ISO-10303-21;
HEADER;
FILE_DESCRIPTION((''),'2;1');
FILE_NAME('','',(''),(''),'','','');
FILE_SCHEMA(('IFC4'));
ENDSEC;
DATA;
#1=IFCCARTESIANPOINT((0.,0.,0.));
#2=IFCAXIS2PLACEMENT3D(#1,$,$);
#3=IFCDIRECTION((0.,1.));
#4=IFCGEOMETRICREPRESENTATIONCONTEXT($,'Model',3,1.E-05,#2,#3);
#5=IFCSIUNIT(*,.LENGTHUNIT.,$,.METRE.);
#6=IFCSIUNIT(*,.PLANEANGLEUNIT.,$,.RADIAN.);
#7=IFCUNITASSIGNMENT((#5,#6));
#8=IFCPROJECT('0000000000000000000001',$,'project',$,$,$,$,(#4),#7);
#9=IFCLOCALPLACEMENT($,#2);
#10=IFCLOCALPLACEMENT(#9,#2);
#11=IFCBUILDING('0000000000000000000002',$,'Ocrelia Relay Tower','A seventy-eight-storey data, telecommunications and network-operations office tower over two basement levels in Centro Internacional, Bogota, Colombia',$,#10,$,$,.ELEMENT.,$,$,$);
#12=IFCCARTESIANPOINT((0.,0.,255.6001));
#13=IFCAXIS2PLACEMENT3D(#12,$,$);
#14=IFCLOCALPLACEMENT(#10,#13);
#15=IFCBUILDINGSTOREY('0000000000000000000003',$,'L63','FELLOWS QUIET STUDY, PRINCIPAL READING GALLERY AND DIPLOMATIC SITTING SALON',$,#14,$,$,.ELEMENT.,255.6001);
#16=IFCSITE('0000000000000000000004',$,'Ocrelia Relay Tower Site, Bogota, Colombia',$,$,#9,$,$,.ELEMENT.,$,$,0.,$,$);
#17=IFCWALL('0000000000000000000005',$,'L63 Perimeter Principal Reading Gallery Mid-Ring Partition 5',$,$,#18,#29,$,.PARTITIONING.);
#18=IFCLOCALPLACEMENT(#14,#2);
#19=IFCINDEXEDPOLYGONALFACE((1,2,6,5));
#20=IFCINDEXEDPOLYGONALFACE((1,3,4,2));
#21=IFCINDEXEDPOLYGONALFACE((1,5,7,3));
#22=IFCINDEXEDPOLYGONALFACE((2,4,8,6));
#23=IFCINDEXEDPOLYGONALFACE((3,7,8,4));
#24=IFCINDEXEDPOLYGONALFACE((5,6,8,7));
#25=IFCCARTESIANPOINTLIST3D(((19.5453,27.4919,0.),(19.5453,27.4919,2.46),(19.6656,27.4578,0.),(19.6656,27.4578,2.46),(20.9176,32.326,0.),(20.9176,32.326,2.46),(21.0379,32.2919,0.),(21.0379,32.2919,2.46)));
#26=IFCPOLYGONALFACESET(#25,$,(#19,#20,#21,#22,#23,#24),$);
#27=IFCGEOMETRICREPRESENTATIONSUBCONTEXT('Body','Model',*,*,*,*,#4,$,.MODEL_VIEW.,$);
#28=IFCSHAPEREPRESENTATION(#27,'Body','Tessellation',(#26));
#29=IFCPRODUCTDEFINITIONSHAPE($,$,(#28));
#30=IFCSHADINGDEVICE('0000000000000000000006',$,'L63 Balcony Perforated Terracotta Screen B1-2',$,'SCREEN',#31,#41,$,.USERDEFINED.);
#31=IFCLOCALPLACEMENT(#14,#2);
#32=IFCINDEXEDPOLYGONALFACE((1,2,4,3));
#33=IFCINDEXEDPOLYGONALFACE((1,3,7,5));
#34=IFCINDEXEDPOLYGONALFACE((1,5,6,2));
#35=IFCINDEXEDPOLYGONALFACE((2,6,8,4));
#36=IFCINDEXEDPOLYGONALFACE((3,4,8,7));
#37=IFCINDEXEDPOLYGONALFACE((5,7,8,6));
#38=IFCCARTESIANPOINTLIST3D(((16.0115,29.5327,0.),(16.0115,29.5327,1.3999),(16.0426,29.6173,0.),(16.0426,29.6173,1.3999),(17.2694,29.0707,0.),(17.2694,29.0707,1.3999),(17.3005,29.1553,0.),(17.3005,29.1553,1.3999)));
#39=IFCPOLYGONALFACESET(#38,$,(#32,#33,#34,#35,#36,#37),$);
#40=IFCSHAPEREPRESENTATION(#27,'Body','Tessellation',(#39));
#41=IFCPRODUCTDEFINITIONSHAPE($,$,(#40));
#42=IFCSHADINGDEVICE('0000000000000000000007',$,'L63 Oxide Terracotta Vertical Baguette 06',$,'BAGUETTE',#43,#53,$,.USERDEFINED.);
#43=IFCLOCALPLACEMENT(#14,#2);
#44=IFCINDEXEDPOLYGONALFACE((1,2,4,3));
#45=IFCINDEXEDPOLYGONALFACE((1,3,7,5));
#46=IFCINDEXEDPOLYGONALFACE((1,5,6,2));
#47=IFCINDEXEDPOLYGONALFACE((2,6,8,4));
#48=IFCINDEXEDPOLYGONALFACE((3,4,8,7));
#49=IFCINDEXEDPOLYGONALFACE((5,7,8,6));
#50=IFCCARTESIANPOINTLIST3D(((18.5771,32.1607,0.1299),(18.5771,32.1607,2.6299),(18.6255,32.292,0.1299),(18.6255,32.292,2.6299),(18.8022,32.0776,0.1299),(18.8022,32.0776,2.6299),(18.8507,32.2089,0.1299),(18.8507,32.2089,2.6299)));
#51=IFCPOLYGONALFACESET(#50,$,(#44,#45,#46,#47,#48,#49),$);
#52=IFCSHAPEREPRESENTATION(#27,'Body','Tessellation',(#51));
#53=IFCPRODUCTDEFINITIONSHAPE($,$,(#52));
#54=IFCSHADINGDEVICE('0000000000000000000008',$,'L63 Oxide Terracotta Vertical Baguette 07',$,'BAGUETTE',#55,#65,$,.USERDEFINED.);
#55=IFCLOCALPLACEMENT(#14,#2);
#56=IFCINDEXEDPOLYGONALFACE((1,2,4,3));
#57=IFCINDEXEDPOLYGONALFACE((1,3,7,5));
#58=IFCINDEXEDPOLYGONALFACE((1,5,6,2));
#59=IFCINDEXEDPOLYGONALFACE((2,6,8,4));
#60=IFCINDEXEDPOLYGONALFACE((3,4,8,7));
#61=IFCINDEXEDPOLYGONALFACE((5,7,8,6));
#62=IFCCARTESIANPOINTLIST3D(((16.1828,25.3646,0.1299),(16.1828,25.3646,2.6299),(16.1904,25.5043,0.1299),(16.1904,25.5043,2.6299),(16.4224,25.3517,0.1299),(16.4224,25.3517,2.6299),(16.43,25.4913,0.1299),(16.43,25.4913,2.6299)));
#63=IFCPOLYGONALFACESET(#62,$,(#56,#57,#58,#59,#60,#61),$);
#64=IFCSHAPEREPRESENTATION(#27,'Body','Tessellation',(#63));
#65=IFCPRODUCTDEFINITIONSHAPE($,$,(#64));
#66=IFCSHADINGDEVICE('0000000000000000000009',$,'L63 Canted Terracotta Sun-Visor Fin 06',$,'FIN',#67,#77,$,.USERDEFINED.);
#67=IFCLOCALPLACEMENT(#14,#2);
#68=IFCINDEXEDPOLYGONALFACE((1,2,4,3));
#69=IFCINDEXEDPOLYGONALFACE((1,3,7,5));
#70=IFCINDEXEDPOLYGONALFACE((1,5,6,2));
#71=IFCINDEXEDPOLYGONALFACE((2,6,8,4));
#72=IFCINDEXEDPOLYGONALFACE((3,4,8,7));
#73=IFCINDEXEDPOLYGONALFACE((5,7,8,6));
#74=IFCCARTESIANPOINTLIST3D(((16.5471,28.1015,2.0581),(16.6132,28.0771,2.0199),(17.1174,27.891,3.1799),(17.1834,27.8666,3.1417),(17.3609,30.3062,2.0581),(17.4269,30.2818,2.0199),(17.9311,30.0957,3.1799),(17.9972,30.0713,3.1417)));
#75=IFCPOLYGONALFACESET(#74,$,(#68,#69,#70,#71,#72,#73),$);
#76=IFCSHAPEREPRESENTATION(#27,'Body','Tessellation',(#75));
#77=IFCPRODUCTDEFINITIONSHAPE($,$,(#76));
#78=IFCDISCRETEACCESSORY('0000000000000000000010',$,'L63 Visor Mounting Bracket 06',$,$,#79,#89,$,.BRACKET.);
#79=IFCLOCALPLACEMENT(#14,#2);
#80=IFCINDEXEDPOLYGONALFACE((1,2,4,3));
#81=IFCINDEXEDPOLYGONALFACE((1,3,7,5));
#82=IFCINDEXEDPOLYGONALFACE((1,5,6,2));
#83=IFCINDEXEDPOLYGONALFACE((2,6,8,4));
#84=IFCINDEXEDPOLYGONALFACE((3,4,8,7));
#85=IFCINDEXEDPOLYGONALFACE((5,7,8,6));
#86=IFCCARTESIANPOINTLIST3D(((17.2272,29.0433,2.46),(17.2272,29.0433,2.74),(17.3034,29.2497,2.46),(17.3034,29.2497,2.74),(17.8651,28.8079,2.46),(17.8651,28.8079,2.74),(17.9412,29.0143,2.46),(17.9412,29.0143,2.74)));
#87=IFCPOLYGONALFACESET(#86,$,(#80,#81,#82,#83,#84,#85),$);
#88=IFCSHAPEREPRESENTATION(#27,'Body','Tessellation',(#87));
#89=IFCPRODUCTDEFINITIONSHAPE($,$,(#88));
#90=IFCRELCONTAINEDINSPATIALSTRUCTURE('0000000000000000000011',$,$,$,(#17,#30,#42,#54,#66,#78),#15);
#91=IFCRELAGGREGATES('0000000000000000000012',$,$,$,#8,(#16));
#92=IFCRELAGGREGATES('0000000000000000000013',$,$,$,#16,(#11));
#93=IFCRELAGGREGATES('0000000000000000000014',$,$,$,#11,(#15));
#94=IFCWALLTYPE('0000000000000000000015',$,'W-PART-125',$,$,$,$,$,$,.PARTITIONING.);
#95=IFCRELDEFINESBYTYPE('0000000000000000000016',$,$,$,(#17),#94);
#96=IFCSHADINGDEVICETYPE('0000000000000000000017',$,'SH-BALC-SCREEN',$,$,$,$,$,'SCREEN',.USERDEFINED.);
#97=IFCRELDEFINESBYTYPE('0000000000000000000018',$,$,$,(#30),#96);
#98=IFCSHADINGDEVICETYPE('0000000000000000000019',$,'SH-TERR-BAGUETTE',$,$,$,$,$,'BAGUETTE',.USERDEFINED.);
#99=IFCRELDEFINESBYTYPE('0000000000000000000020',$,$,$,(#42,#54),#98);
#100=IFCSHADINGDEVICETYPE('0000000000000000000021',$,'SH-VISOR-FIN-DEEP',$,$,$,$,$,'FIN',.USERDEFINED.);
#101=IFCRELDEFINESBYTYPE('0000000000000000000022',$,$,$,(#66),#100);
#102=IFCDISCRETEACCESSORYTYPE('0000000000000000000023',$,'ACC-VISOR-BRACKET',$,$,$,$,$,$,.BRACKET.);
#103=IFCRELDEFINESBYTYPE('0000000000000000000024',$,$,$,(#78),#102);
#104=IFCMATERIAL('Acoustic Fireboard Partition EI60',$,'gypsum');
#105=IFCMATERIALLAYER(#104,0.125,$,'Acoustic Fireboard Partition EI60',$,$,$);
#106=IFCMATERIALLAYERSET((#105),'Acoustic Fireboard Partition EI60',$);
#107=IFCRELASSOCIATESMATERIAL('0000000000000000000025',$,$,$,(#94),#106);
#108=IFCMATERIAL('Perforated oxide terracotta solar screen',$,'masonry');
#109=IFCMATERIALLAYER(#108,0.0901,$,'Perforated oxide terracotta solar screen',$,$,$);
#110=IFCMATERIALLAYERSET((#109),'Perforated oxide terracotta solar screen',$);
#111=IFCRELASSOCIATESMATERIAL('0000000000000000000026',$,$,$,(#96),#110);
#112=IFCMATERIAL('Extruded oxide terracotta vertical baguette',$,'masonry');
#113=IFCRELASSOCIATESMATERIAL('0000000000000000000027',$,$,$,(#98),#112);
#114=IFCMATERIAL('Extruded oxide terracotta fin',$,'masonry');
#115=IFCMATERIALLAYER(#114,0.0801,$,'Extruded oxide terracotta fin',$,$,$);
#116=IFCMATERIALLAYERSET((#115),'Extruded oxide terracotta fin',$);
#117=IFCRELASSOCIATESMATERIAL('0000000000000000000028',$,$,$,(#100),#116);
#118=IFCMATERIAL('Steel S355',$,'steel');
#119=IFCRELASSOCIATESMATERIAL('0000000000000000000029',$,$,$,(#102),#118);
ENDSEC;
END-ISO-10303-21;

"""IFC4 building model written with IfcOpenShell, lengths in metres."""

from ifc_helpers import new_model, si_unit, direction, frame, frame_2d, origin, origin_2d, place, context, subcontext, project, spatial, rectangle, extrude, material, layer, layer_set, type_object, element, save


model = new_model("IFC4")

# Units and contexts
model_context = context("Model", 3, precision=1e-05, world=origin(), true_north=direction((0.0, 1.0)))
body_context = subcontext(model_context, "Body", "Model", "MODEL_VIEW")
ifc_project = project(units=[si_unit("LENGTHUNIT", "METRE"), si_unit("PLANEANGLEUNIT", "RADIAN")], contexts=[model_context])

# Site, building, storey
site_placement = place(None, origin())
site = spatial("IfcSite", under=ifc_project, at=site_placement, Name="Ocrelia Relay Tower Site, Bogota, Colombia", CompositionType="ELEMENT", RefElevation=0.0)
building_placement = place(site_placement, origin())
building = spatial("IfcBuilding", under=site, at=building_placement, Name="Ocrelia Relay Tower", Description="A seventy-eight-storey data, telecommunications and network-operations office tower over two basement levels in Centro Internacional, Bogota, Colombia", CompositionType="ELEMENT")
storey_placement = place(building_placement, frame((0.0, 0.0, 255.6001)))
storey = spatial("IfcBuildingStorey", under=building, at=storey_placement, Name="L63", Description="FELLOWS QUIET STUDY, PRINCIPAL READING GALLERY AND DIPLOMATIC SITTING SALON", CompositionType="ELEMENT", Elevation=255.6001)

# Shared definitions
ifc_material_1 = material(Name="Steel S355", Category="steel")

# Wall
ifc_material_2 = material(Name="Acoustic Fireboard Partition EI60", Category="gypsum")
ifc_layer_1 = layer(ifc_material_2, 0.125, Name="Acoustic Fireboard Partition EI60")
ifc_layer_set_1 = layer_set([ifc_layer_1], Name="Acoustic Fireboard Partition EI60")
wall_type_1 = type_object("IfcWallType", Name="W-PART-125", PredefinedType="PARTITIONING", material=ifc_layer_set_1)
wall_1_placement = place(storey_placement, frame((20.9778, 32.3091, 0.0), z_axis=(0.0, 0.0, 1.0), x_axis=(-0.273084, -0.96199, 0.0)))
element("IfcWall", 1, at=wall_1_placement, inside=storey, type_object=wall_type_1, Name="L63 Perimeter Principal Reading Gallery Mid-Ring Partition 5", PredefinedType="PARTITIONING", context=body_context, shape_type="SweptSolid", body=[
    extrude(rectangle(XDim=5.0251, YDim=0.125, at=frame_2d((2.5127, 0.0))), origin(), (0.0, 0.0, 1.0), 2.46),
])

# Shading devices
ifc_material_3 = material(Name="Perforated oxide terracotta solar screen", Category="masonry")
ifc_layer_2 = layer(ifc_material_3, 0.0901, Name="Perforated oxide terracotta solar screen")
ifc_layer_set_2 = layer_set([ifc_layer_2], Name="Perforated oxide terracotta solar screen")
shading_device_type_1 = type_object("IfcShadingDeviceType", Name="SH-BALC-SCREEN", ElementType="SCREEN", PredefinedType="USERDEFINED", material=ifc_layer_set_2)
shading_device_1_placement = place(storey_placement, frame((16.656, 29.344, 0.0), z_axis=(0.0, 0.0, 1.0), x_axis=(-0.938699, 0.344737, 0.0)))
element("IfcShadingDevice", 2, at=shading_device_1_placement, inside=storey, type_object=shading_device_type_1, Name="L63 Balcony Perforated Terracotta Screen B1-2", ObjectType="SCREEN", PredefinedType="USERDEFINED", context=body_context, shape_type="SweptSolid", body=[
    extrude(rectangle(XDim=1.3401, YDim=0.0901, at=origin_2d()), origin(), (0.0, 0.0, 1.0), 1.3999),
])
ifc_material_4 = material(Name="Extruded oxide terracotta vertical baguette", Category="masonry")
shading_device_type_2 = type_object("IfcShadingDeviceType", Name="SH-TERR-BAGUETTE", ElementType="BAGUETTE", PredefinedType="USERDEFINED", material=ifc_material_4)
for number, where, z_axis, x_axis, name in (
    (3, (18.7139, 32.1848, 0.1299), (0.0, 0.0, 1.0), (-0.346256, -0.93814, 0.0), "L63 Oxide Terracotta Vertical Baguette 06"),
    (4, (16.3064, 25.428, 0.1299), (0.0, 0.0, 1.0), (-0.054026, -0.99854, 0.0), "L63 Oxide Terracotta Vertical Baguette 07"),
):
    element("IfcShadingDevice", number, at=place(storey_placement, frame(where, z_axis=z_axis, x_axis=x_axis)), inside=storey, type_object=shading_device_type_2, Name=name, ObjectType="BAGUETTE", PredefinedType="USERDEFINED", context=body_context, shape_type="SweptSolid", body=[
        extrude(rectangle(XDim=0.1399, YDim=0.24, at=origin_2d()), origin(), (0.0, 0.0, 1.0), 2.5),
    ])
ifc_material_5 = material(Name="Extruded oxide terracotta fin", Category="masonry")
ifc_layer_3 = layer(ifc_material_5, 0.0801, Name="Extruded oxide terracotta fin")
ifc_layer_set_3 = layer_set([ifc_layer_3], Name="Extruded oxide terracotta fin")
shading_device_type_3 = type_object("IfcShadingDeviceType", Name="SH-VISOR-FIN-DEEP", ElementType="FIN", PredefinedType="USERDEFINED", material=ifc_layer_set_3)
shading_device_2_placement = place(storey_placement, frame((17.3052, 29.0742, 2.5808), z_axis=(-0.824844, 0.30444, 0.476392), x_axis=(-0.346256, -0.93814, 0.0)))
element("IfcShadingDevice", 5, at=shading_device_2_placement, inside=storey, type_object=shading_device_type_3, Name="L63 Canted Terracotta Sun-Visor Fin 06", ObjectType="FIN", PredefinedType="USERDEFINED", context=body_context, shape_type="SweptSolid", body=[
    extrude(rectangle(XDim=2.3501, YDim=1.2759, at=origin_2d()), origin(), (0.0, 0.0, 1.0), 0.0801),
])

# Discrete accessory
discrete_accessory_type = type_object("IfcDiscreteAccessoryType", Name="ACC-VISOR-BRACKET", PredefinedType="BRACKET", material=ifc_material_1)
discrete_accessory_placement = place(storey_placement, frame((17.5842, 29.0288, 2.46), z_axis=(0.0, 0.0, 1.0), x_axis=(-0.346256, -0.93814, 0.0)))
element("IfcDiscreteAccessory", 6, at=discrete_accessory_placement, inside=storey, type_object=discrete_accessory_type, Name="L63 Visor Mounting Bracket 06", PredefinedType="BRACKET", context=body_context, shape_type="SweptSolid", body=[
    extrude(rectangle(XDim=0.22, YDim=0.6799, at=origin_2d()), origin(), (0.0, 0.0, 1.0), 0.28),
])

save(model, "model.ifc")
